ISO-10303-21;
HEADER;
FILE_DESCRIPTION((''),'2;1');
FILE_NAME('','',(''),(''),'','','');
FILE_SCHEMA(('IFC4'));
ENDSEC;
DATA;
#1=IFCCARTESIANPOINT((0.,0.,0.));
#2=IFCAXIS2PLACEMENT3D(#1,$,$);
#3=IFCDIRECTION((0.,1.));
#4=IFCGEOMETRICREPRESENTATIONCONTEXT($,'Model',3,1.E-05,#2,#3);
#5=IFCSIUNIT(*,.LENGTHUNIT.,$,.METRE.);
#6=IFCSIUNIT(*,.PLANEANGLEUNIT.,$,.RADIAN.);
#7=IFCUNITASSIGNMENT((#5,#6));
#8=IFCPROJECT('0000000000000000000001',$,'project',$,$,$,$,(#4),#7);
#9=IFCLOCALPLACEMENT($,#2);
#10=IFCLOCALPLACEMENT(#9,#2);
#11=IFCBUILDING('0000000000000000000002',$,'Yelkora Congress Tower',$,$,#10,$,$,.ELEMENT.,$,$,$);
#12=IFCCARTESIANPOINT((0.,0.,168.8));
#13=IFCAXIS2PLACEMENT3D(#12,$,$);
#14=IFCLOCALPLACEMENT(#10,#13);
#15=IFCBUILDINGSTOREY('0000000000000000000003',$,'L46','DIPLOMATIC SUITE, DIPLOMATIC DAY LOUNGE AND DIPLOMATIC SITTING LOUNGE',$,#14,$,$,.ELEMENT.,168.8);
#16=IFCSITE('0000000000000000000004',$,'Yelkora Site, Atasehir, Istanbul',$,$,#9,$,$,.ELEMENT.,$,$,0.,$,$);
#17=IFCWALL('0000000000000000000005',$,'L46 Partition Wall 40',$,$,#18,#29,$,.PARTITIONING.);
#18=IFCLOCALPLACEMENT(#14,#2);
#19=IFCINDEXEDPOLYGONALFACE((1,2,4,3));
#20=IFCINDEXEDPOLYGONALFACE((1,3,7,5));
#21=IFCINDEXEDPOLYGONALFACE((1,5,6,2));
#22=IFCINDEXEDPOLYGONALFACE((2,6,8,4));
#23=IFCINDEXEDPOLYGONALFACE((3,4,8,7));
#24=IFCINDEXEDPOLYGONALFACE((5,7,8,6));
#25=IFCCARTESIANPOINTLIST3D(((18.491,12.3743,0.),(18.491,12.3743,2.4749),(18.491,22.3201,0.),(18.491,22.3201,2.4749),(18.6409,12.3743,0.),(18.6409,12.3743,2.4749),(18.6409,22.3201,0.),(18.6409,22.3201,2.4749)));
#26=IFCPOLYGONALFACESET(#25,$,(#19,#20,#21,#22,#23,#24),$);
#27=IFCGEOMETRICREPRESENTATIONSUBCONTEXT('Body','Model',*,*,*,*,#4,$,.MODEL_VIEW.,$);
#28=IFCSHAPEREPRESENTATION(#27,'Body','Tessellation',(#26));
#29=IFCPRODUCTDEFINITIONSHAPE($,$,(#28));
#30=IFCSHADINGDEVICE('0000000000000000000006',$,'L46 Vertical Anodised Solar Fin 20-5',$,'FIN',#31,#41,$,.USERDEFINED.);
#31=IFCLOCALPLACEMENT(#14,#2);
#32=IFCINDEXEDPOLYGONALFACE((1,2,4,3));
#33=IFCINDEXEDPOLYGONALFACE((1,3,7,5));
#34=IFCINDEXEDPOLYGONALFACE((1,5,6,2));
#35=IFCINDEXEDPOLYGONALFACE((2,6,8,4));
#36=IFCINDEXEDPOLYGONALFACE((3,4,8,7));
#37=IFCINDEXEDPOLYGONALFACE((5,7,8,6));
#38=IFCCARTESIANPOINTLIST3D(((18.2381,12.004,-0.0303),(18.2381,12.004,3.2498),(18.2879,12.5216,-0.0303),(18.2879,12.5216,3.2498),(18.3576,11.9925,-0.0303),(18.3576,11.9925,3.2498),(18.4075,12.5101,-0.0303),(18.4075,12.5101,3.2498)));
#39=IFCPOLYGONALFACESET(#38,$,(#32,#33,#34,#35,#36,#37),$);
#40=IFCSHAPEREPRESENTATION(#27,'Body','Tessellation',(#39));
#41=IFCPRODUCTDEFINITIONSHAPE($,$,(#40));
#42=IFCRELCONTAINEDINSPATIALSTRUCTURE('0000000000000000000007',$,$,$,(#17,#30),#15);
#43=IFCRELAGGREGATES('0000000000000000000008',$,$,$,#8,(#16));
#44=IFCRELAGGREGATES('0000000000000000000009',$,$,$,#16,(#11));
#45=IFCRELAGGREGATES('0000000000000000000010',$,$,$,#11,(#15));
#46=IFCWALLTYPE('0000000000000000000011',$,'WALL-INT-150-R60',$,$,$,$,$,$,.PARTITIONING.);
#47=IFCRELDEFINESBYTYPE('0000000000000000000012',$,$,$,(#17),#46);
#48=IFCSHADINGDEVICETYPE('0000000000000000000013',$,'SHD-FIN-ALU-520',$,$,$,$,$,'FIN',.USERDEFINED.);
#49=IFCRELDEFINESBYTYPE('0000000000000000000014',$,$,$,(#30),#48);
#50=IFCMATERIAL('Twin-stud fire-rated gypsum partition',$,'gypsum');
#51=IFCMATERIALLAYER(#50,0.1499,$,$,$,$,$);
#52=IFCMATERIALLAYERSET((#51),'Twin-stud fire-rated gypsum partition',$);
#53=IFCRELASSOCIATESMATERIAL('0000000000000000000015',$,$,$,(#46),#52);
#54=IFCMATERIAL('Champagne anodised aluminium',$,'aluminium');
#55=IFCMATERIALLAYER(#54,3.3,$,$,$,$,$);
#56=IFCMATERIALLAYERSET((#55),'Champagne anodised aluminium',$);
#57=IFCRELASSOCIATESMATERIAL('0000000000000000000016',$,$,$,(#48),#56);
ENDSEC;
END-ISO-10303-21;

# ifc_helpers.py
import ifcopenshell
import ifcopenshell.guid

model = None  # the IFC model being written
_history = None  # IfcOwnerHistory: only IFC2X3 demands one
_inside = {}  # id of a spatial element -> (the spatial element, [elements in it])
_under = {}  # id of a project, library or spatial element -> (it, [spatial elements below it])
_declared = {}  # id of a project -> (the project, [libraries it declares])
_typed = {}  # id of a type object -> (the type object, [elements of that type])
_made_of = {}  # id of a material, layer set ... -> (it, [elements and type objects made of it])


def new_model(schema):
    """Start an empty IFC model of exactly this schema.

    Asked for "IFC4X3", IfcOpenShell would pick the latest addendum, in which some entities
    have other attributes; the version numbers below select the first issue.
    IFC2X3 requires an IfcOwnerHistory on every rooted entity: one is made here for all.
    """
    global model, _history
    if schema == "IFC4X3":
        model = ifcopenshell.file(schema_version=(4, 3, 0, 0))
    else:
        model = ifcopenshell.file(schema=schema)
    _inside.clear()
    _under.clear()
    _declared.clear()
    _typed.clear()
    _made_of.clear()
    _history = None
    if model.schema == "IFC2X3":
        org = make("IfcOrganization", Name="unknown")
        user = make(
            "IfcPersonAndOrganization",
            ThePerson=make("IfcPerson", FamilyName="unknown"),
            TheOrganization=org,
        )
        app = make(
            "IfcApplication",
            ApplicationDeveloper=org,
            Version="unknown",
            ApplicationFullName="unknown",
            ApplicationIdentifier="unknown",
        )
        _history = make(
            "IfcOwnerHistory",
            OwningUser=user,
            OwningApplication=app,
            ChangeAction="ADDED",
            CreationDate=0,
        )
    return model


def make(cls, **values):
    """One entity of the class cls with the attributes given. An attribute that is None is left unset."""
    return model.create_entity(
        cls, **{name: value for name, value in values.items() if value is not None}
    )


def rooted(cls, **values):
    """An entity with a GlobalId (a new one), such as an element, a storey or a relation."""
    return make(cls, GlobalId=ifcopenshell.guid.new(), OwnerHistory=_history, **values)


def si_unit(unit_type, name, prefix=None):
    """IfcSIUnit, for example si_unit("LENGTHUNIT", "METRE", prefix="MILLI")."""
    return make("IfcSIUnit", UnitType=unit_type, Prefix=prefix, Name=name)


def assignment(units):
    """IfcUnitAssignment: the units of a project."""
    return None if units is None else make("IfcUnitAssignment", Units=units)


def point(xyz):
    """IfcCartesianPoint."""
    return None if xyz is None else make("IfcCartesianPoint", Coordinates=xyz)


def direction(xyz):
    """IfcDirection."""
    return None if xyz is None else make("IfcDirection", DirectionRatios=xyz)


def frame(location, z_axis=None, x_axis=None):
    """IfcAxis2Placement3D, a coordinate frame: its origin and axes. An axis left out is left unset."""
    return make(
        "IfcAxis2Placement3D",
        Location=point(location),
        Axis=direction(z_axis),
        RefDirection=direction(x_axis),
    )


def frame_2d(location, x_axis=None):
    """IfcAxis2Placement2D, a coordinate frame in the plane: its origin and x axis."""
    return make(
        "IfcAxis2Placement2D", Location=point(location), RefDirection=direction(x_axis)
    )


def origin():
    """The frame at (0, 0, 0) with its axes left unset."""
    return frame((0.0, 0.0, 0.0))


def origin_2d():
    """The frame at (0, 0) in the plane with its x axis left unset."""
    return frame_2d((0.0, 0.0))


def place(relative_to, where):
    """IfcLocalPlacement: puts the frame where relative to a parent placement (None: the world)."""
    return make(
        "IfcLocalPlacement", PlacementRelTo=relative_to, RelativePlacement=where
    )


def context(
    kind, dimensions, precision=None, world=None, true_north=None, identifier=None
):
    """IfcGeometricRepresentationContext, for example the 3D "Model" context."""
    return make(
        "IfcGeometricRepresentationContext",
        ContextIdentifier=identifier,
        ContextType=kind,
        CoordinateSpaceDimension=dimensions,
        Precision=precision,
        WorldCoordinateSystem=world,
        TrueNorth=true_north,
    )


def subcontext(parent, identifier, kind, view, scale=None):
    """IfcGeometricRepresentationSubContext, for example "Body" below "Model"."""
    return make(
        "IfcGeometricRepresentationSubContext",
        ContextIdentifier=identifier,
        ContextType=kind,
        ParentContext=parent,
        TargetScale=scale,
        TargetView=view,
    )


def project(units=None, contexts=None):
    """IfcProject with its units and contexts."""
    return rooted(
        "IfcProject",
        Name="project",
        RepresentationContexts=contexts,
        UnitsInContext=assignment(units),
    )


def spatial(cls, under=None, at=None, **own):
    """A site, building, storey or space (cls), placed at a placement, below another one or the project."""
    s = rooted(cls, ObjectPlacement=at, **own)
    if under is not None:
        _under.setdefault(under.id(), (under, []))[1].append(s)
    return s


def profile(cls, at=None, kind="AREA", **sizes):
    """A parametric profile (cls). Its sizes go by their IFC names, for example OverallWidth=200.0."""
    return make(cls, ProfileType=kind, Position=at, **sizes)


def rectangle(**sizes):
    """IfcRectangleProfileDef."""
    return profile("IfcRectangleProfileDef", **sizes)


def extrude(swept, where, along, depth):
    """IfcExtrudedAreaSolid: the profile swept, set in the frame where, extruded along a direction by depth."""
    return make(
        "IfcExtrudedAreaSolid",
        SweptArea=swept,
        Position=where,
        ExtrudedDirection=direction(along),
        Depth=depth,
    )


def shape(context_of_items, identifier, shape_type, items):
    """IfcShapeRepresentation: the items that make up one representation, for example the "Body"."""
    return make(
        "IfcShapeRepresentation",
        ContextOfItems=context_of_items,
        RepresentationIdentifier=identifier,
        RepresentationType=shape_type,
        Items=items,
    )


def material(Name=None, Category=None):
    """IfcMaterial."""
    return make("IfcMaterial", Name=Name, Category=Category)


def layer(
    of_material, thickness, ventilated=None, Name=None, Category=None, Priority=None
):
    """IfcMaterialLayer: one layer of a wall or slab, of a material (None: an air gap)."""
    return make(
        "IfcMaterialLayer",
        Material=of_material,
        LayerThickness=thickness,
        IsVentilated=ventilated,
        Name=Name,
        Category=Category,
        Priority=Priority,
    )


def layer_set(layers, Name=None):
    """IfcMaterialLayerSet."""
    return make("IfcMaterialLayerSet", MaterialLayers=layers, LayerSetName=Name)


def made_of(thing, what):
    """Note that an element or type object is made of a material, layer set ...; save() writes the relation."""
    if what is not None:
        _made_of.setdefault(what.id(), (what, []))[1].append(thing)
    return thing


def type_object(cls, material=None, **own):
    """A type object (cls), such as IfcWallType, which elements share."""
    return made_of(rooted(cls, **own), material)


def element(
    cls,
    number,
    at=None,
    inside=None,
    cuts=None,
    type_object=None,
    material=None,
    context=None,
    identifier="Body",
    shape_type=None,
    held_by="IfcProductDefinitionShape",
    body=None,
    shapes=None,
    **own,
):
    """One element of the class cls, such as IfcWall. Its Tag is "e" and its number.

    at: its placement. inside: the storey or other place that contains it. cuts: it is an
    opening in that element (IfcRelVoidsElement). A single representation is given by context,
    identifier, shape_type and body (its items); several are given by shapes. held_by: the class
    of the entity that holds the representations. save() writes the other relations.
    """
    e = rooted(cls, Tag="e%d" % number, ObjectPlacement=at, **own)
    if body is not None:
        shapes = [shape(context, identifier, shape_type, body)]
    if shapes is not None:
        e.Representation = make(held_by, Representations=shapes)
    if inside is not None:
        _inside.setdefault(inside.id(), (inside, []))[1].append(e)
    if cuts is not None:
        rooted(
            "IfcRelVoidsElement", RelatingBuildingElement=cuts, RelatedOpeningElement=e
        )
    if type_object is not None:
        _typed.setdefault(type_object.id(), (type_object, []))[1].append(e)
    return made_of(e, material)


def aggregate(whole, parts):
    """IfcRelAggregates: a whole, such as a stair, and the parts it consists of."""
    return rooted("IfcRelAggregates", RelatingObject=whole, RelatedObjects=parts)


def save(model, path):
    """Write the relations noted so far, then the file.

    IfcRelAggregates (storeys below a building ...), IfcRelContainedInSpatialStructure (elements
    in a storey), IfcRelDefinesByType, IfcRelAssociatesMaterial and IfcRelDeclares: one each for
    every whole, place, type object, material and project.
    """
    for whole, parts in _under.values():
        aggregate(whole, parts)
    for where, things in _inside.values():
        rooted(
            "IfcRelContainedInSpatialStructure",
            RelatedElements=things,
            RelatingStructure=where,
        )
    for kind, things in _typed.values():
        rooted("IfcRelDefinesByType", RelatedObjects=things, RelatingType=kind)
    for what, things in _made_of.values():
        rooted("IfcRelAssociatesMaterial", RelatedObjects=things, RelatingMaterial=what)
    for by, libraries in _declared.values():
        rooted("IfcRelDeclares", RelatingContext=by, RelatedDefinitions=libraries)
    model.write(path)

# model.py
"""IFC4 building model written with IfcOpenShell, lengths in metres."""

from ifc_helpers import new_model, si_unit, direction, frame, frame_2d, origin, origin_2d, place, context, subcontext, project, spatial, rectangle, extrude, material, layer, layer_set, type_object, element, save


model = new_model("IFC4")

# Units and contexts
model_context = context("Model", 3, precision=1e-05, world=origin(), true_north=direction((0.0, 1.0)))
body_context = subcontext(model_context, "Body", "Model", "MODEL_VIEW")
ifc_project = project(units=[si_unit("LENGTHUNIT", "METRE"), si_unit("PLANEANGLEUNIT", "RADIAN")], contexts=[model_context])

# Site, building, storey
site_placement = place(None, origin())
site = spatial("IfcSite", under=ifc_project, at=site_placement, Name="Yelkora Site, Atasehir, Istanbul", CompositionType="ELEMENT", RefElevation=0.0)
building_placement = place(site_placement, origin())
building = spatial("IfcBuilding", under=site, at=building_placement, Name="Yelkora Congress Tower", CompositionType="ELEMENT")
storey_placement = place(building_placement, frame((0.0, 0.0, 168.8)))
storey = spatial("IfcBuildingStorey", under=building, at=storey_placement, Name="L46", Description="DIPLOMATIC SUITE, DIPLOMATIC DAY LOUNGE AND DIPLOMATIC SITTING LOUNGE", CompositionType="ELEMENT", Elevation=168.8)

# Wall
ifc_material_1 = material(Name="Twin-stud fire-rated gypsum partition", Category="gypsum")
ifc_layer_1 = layer(ifc_material_1, 0.1499)
ifc_layer_set_1 = layer_set([ifc_layer_1], Name="Twin-stud fire-rated gypsum partition")
wall_type_1 = type_object("IfcWallType", Name="WALL-INT-150-R60", PredefinedType="PARTITIONING", material=ifc_layer_set_1)
wall_1_placement = place(storey_placement, frame((18.5659, 12.3743, 0.0), z_axis=(0.0, 0.0, 1.0), x_axis=(0.0, 1.0, 0.0)))
element("IfcWall", 1, at=wall_1_placement, inside=storey, type_object=wall_type_1, Name="L46 Partition Wall 40", PredefinedType="PARTITIONING", context=body_context, shape_type="SweptSolid", body=[
    extrude(rectangle(XDim=9.9458, YDim=0.1499, at=frame_2d((4.9729, 0.0))), origin(), (0.0, 0.0, 1.0), 2.4749),
])

# Shading device
ifc_material_2 = material(Name="Champagne anodised aluminium", Category="aluminium")
ifc_layer_2 = layer(ifc_material_2, 3.3)
ifc_layer_set_2 = layer_set([ifc_layer_2], Name="Champagne anodised aluminium")
shading_device_type = type_object("IfcShadingDeviceType", Name="SHD-FIN-ALU-520", ElementType="FIN", PredefinedType="USERDEFINED", material=ifc_layer_set_2)
shading_device_placement = place(storey_placement, frame((18.3228, 12.2571, -0.0303), z_axis=(0.0, 0.0, 1.0), x_axis=(-0.995396, 0.095846, 0.0)))
element("IfcShadingDevice", 2, at=shading_device_placement, inside=storey, type_object=shading_device_type, Name="L46 Vertical Anodised Solar Fin 20-5", ObjectType="FIN", PredefinedType="USERDEFINED", context=body_context, shape_type="SweptSolid", body=[
    extrude(rectangle(XDim=0.1201, YDim=0.52, at=origin_2d()), origin(), (0.0, 0.0, 1.0), 3.28),
])

save(model, "model.ifc")
